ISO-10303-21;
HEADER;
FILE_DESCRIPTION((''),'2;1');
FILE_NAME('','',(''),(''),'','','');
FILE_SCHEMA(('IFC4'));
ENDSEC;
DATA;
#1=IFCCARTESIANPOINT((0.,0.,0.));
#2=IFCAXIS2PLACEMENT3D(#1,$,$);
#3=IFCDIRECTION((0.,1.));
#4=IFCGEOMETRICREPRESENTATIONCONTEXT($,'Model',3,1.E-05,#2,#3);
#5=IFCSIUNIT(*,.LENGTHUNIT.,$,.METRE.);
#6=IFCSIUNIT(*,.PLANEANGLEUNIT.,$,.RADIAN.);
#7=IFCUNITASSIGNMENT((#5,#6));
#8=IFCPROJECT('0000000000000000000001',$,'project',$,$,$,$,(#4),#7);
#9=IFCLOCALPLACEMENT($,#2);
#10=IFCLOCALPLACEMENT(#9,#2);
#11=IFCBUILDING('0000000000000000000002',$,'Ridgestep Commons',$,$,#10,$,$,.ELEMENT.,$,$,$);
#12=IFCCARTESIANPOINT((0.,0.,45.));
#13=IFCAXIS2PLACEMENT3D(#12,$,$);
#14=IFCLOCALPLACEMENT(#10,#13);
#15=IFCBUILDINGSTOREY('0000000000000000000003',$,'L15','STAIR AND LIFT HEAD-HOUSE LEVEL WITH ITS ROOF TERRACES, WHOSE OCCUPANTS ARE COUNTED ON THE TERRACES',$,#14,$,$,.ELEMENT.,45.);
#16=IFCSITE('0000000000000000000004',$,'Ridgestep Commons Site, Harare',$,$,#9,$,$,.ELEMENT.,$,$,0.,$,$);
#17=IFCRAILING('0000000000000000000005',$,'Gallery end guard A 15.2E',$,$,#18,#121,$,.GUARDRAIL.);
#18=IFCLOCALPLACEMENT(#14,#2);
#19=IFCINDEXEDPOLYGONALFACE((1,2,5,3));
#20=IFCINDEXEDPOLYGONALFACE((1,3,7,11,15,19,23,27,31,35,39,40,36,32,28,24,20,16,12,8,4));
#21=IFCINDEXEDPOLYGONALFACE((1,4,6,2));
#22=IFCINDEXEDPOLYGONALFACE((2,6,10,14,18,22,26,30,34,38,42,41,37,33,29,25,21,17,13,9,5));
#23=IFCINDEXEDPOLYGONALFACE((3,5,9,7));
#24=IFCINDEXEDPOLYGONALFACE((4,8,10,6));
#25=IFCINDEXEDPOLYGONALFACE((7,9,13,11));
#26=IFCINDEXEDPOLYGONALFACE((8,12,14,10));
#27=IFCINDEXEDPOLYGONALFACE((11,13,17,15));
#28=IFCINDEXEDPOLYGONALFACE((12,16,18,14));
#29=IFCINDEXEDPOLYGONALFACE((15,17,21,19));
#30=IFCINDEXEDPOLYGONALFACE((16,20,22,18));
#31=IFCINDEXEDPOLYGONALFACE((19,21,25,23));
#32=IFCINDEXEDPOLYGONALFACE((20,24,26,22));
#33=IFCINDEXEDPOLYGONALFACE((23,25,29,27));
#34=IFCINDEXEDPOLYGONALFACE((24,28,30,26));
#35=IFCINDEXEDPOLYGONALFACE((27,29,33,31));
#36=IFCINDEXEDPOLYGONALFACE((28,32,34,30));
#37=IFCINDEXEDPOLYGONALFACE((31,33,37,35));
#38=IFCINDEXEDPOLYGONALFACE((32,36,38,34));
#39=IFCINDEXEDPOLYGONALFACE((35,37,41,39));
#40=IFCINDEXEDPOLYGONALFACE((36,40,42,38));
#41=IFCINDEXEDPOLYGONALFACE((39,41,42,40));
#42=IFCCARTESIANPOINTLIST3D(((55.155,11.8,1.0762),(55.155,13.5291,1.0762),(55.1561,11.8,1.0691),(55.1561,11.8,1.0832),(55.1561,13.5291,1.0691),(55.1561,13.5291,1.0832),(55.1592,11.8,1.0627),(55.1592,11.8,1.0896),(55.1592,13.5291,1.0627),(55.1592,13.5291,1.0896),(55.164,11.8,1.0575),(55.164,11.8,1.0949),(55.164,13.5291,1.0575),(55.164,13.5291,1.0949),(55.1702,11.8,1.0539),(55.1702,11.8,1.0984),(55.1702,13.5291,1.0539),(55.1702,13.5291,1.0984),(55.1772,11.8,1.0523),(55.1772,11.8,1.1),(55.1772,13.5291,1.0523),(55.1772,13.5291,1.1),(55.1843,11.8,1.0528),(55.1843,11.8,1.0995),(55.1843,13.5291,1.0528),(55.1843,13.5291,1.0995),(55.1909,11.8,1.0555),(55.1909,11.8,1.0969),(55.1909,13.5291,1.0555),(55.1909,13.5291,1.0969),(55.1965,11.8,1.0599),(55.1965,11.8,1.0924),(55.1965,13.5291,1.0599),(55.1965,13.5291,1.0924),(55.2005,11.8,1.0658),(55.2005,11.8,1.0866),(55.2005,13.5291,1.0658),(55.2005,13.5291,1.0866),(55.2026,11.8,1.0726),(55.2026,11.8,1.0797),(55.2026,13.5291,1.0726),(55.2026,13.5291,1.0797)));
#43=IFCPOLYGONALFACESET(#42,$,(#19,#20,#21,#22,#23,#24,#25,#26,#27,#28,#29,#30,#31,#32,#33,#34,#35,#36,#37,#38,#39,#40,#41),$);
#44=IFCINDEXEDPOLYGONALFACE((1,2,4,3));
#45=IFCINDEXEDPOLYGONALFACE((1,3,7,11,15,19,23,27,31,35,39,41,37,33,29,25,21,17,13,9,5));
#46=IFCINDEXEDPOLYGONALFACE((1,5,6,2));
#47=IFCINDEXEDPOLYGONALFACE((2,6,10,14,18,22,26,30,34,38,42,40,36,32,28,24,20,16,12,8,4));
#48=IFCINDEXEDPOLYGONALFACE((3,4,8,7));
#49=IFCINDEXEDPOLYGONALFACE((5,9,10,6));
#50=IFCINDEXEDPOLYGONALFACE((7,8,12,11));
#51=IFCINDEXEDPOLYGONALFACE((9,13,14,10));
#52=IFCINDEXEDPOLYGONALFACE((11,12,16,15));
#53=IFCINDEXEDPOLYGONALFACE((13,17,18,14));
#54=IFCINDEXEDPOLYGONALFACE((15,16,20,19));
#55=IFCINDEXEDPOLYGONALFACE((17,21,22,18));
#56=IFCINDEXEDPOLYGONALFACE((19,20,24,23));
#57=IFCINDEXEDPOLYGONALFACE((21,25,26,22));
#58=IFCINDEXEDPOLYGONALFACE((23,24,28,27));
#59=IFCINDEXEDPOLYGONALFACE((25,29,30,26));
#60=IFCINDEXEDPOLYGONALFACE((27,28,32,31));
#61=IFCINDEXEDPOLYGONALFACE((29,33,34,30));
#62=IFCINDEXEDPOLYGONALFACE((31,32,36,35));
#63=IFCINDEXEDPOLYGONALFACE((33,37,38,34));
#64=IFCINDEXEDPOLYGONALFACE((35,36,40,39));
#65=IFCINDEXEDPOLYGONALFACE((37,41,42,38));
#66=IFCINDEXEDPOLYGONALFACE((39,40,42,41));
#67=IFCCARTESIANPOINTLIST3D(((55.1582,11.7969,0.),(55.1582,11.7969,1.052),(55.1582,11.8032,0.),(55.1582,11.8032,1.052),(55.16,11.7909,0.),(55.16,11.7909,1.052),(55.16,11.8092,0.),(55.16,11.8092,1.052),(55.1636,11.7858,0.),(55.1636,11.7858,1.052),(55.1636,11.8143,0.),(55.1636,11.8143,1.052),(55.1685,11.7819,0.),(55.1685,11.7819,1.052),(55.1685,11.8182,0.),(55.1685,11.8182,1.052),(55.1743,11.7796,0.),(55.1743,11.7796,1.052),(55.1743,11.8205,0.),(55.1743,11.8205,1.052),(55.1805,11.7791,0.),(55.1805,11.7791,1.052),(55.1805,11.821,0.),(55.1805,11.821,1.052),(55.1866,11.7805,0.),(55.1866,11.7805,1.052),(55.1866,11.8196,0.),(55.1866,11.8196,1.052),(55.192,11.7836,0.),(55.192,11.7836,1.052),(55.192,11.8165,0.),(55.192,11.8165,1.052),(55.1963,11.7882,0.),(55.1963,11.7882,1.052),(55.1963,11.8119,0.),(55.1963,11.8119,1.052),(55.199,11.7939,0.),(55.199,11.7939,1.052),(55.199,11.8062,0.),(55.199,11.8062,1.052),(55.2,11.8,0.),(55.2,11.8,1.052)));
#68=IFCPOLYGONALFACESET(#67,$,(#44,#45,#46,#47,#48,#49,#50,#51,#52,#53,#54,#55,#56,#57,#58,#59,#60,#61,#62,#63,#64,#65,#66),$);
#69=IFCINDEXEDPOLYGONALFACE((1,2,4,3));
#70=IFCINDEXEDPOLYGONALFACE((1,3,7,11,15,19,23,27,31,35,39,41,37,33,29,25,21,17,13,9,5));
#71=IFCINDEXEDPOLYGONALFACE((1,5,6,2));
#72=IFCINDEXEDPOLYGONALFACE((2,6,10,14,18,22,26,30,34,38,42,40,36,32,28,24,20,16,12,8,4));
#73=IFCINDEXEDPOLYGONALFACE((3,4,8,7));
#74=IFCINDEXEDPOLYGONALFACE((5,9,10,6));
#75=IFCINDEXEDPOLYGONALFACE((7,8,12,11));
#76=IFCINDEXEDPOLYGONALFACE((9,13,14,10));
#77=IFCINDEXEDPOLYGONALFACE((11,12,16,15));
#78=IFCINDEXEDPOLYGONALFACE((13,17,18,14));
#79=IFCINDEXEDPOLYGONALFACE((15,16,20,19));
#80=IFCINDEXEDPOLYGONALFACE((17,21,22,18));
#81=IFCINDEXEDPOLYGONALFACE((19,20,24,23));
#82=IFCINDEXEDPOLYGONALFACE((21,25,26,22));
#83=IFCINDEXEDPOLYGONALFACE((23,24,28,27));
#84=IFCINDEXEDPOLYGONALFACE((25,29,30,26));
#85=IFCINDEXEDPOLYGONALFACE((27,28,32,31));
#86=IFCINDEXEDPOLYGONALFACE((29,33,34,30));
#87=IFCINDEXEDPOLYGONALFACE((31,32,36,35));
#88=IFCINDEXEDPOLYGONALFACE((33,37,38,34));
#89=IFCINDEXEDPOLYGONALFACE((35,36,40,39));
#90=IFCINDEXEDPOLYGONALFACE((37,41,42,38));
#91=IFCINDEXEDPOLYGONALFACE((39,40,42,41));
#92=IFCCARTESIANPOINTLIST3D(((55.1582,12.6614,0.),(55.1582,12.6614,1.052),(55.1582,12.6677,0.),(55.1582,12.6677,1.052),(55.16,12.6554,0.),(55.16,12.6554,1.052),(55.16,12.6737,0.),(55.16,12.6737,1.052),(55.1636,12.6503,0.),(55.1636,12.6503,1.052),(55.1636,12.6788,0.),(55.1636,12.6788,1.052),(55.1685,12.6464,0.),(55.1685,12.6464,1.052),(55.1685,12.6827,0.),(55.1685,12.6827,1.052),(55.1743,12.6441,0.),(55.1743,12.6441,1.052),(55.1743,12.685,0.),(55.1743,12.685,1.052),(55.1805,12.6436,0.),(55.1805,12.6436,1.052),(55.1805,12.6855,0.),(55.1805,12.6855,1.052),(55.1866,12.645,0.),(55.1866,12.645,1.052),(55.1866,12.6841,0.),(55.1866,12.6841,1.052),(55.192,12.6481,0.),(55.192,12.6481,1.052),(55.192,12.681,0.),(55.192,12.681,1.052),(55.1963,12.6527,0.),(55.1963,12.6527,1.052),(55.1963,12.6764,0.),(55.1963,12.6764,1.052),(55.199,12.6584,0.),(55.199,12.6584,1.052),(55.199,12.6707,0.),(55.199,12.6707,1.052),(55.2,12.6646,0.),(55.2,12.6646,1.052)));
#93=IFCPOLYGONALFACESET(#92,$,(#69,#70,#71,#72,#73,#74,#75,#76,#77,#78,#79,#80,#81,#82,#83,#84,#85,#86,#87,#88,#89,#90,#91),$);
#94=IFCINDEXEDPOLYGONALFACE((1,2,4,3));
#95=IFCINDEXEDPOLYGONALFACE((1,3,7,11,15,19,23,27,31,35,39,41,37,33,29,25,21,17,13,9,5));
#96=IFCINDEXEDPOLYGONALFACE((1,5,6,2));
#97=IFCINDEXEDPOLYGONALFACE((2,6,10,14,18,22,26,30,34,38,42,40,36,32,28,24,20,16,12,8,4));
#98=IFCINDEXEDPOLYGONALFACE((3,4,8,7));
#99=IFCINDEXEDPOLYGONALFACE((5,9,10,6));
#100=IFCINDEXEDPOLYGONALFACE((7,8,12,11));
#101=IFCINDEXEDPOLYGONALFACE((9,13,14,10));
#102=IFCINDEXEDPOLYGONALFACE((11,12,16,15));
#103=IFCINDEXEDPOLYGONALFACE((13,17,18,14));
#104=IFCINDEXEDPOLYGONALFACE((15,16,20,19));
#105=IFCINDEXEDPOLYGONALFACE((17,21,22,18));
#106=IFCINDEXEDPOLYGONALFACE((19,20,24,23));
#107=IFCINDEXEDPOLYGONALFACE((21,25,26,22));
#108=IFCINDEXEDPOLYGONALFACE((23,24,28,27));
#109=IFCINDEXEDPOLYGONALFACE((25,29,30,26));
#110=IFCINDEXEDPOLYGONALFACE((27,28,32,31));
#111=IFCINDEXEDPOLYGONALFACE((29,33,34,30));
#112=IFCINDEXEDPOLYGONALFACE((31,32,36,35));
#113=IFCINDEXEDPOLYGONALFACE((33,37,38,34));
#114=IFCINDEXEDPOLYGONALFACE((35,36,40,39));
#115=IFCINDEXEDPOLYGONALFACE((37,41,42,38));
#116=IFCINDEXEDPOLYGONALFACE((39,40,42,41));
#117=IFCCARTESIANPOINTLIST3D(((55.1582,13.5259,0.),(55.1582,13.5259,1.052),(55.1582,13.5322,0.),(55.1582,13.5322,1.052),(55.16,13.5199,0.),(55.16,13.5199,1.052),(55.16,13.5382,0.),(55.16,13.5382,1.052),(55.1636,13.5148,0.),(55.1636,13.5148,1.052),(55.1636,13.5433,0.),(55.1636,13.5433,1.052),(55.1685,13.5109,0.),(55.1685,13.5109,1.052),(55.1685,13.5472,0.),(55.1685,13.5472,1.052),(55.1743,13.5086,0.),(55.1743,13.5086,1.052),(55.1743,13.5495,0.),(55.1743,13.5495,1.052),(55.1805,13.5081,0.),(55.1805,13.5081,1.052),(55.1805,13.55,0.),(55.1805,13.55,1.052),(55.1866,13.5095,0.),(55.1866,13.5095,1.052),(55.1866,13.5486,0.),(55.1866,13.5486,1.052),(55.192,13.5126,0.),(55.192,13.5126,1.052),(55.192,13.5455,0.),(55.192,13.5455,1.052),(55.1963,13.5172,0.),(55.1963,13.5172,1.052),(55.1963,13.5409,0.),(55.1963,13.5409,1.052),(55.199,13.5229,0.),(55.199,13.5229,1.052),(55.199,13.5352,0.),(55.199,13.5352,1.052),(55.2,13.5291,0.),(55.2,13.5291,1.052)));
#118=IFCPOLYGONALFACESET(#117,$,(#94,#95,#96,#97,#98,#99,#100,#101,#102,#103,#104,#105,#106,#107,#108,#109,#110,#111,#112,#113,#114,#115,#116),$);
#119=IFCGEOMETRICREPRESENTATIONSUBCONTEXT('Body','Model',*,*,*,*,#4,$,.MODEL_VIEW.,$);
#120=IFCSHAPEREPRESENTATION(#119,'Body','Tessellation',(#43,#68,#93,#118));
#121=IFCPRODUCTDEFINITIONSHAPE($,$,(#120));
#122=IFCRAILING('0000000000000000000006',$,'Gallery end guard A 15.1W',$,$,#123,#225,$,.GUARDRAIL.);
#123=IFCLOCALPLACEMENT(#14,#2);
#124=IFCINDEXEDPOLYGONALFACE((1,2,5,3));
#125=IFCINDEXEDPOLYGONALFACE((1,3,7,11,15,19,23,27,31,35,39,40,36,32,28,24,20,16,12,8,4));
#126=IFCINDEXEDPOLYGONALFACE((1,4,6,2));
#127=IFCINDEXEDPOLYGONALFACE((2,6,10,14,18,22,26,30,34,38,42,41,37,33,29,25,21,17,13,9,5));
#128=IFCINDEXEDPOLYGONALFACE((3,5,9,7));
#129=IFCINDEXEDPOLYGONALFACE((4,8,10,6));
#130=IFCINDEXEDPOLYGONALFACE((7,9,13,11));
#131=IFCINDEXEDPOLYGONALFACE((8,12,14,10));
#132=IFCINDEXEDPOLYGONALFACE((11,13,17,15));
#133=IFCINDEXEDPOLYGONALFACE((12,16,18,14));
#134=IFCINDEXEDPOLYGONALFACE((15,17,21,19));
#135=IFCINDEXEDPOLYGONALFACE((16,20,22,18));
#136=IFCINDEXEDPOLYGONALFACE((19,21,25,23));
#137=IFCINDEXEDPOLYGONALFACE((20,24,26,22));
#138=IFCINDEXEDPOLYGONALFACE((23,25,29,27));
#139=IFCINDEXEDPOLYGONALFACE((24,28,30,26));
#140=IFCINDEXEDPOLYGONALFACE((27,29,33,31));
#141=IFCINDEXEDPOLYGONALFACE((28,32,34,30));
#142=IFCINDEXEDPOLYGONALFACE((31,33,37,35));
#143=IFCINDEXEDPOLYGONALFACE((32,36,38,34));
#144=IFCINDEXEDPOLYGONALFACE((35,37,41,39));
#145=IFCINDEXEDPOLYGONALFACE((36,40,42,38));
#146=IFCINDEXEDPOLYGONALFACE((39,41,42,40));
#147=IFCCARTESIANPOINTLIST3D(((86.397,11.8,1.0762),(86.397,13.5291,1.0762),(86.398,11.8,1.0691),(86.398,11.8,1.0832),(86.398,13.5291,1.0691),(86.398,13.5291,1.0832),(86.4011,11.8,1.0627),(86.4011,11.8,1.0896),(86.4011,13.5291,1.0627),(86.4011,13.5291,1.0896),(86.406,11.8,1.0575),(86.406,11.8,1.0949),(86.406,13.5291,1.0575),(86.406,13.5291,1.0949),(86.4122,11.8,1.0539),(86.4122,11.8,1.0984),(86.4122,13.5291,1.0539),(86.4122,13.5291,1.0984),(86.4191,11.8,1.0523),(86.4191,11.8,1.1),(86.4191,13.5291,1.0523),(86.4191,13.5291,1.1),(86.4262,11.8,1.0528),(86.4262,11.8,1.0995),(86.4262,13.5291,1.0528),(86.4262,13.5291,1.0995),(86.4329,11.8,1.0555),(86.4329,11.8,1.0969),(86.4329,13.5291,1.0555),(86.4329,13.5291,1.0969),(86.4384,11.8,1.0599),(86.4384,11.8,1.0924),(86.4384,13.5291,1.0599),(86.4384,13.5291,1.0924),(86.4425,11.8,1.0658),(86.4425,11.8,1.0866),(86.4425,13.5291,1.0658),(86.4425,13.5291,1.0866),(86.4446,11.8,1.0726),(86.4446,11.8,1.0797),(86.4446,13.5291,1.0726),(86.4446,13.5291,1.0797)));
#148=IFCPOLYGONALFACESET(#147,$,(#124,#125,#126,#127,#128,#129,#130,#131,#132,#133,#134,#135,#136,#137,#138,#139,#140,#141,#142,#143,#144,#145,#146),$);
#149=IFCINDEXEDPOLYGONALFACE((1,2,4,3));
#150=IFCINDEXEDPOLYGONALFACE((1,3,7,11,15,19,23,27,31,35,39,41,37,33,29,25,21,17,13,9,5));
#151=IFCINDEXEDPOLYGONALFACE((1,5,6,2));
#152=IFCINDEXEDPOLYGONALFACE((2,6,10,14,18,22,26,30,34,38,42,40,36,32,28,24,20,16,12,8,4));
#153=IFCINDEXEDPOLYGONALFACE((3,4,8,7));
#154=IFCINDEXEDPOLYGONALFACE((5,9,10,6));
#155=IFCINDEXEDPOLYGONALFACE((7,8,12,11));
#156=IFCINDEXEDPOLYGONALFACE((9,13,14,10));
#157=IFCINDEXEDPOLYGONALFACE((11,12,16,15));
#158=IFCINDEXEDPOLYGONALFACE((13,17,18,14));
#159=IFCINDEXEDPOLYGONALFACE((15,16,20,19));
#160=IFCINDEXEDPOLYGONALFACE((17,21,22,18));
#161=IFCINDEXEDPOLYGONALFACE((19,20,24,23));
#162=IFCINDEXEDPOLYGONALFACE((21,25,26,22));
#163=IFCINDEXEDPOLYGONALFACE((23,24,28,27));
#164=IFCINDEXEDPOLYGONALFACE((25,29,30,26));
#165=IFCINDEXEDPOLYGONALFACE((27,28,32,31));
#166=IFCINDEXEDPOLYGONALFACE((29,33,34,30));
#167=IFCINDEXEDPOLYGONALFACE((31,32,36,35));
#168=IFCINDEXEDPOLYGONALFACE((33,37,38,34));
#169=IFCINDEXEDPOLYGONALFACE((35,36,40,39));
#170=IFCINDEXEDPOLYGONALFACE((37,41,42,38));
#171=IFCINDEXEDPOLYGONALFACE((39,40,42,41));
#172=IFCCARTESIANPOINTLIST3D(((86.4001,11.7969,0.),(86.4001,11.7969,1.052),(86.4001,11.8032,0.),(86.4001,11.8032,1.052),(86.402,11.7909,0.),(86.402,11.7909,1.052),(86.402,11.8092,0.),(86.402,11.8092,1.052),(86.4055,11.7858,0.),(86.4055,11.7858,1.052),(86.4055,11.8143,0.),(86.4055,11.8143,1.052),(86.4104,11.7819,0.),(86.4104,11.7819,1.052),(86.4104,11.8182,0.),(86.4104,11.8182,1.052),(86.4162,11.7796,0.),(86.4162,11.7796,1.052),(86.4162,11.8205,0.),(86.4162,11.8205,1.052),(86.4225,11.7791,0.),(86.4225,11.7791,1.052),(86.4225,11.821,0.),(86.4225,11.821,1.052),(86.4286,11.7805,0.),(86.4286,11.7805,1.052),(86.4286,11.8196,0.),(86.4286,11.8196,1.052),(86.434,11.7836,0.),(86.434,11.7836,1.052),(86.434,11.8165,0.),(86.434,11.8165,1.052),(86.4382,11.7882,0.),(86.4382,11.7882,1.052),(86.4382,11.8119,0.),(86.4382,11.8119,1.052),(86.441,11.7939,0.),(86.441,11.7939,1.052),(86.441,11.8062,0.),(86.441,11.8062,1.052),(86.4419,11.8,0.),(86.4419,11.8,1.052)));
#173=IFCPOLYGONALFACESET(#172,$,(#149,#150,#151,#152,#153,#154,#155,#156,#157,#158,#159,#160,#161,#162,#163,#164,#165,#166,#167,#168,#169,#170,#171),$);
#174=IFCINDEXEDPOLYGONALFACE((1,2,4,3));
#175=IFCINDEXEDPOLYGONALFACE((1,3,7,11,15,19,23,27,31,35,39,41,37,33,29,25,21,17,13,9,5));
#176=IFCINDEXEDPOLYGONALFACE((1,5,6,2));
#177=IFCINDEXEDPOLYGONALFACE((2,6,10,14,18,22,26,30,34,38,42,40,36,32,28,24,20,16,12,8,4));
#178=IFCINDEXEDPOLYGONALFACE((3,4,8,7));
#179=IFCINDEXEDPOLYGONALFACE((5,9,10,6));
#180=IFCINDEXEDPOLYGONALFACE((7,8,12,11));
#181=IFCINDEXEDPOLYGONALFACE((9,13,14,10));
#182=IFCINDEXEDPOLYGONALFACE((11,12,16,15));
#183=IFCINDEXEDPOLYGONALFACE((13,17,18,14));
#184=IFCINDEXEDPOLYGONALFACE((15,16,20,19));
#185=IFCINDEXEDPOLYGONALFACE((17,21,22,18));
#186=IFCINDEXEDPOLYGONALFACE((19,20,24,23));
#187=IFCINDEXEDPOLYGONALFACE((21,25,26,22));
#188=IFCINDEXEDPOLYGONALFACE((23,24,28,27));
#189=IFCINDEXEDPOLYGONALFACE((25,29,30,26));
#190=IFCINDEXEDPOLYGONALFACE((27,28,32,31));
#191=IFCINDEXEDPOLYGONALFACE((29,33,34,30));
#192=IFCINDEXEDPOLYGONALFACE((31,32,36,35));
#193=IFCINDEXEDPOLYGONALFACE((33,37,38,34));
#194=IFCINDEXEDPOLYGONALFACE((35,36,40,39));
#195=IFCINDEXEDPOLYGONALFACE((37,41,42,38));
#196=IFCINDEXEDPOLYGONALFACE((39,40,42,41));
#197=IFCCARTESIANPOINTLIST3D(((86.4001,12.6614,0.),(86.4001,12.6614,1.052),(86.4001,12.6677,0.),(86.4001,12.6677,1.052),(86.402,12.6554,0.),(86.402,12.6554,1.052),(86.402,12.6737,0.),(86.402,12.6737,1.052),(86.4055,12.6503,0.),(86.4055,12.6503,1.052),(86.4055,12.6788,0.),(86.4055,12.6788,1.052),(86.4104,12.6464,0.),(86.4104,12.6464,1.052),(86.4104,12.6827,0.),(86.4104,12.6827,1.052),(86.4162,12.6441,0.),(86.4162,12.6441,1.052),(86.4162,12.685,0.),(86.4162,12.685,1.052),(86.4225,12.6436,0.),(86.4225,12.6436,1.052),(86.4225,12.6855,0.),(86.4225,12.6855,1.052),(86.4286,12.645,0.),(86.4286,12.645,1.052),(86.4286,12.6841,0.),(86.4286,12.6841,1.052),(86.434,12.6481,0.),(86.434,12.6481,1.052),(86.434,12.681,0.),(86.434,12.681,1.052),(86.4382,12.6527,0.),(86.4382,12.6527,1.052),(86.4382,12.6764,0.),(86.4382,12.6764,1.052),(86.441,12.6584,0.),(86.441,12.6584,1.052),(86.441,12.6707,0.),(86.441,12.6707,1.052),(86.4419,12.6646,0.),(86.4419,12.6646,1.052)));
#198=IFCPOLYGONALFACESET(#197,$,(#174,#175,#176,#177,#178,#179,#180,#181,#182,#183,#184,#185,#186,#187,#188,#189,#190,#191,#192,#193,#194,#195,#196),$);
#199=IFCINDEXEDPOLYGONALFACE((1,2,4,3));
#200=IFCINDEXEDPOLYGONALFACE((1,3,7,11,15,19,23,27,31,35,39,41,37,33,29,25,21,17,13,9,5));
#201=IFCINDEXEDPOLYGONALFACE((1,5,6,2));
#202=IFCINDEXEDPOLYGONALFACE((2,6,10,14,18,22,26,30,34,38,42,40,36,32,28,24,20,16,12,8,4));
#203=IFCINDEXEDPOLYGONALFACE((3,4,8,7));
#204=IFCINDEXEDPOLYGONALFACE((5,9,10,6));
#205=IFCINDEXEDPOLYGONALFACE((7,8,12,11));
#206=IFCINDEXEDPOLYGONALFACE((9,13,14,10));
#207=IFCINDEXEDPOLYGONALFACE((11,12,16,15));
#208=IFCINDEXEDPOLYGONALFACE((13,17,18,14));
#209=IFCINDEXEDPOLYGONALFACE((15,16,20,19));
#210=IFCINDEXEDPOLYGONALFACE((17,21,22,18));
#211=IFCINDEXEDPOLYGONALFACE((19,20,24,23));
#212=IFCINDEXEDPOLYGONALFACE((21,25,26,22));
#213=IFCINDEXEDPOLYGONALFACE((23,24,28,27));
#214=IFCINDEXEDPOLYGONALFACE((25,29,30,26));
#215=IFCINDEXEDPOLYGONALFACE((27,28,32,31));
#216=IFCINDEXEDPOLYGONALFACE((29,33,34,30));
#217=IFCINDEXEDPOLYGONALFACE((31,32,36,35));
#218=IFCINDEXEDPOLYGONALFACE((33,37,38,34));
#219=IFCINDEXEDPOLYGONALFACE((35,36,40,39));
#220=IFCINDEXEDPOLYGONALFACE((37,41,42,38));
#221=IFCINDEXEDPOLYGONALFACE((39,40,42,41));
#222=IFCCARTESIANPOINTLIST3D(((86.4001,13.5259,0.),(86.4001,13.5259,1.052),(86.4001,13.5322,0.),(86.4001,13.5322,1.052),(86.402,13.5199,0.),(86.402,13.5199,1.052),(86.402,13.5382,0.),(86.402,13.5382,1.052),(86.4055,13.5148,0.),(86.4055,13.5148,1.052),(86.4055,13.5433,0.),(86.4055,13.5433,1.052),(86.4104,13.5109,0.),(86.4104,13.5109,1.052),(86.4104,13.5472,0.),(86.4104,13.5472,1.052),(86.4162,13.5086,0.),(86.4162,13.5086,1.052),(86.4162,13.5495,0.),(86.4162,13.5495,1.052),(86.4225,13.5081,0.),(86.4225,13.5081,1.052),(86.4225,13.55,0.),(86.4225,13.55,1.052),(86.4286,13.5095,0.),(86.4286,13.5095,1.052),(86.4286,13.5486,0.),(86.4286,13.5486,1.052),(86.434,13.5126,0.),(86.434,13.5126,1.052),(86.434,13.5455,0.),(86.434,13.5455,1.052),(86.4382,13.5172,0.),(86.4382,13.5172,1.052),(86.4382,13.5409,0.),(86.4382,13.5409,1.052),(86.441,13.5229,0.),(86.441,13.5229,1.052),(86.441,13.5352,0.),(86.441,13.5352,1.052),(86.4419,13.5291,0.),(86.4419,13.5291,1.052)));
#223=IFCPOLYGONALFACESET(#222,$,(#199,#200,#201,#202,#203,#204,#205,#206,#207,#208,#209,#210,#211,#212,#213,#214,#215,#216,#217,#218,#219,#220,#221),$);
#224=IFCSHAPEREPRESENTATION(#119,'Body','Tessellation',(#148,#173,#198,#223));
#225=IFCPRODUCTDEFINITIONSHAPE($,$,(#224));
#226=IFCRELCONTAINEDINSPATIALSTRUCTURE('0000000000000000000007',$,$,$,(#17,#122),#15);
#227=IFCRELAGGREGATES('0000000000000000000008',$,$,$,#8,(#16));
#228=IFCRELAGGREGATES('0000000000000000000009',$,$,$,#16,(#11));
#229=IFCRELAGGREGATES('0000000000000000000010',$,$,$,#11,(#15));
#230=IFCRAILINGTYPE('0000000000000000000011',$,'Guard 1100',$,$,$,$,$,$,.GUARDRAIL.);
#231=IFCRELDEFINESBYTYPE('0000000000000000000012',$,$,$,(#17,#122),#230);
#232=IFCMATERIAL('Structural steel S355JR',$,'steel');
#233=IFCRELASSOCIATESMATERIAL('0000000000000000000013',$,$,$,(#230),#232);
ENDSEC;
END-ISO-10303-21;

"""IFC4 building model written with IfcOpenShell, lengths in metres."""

from ifc_helpers import new_model, si_unit, direction, frame, origin, origin_2d, place, context, subcontext, project, spatial, circle, extrude, material, type_object, element, save


model = new_model("IFC4")

# Units and contexts
model_context = context("Model", 3, precision=1e-05, world=origin(), true_north=direction((0.0, 1.0)))
body_context = subcontext(model_context, "Body", "Model", "MODEL_VIEW")
ifc_project = project(units=[si_unit("LENGTHUNIT", "METRE"), si_unit("PLANEANGLEUNIT", "RADIAN")], contexts=[model_context])

# Site, building, storey
site_placement = place(None, origin())
site = spatial("IfcSite", under=ifc_project, at=site_placement, Name="Ridgestep Commons Site, Harare", CompositionType="ELEMENT", RefElevation=0.0)
building_placement = place(site_placement, origin())
building = spatial("IfcBuilding", under=site, at=building_placement, Name="Ridgestep Commons", CompositionType="ELEMENT")
storey_placement = place(building_placement, frame((0.0, 0.0, 45.0)))
storey = spatial("IfcBuildingStorey", under=building, at=storey_placement, Name="L15", Description="STAIR AND LIFT HEAD-HOUSE LEVEL WITH ITS ROOF TERRACES, WHOSE OCCUPANTS ARE COUNTED ON THE TERRACES", CompositionType="ELEMENT", Elevation=45.0)

# Railings
ifc_material_1 = material(Name="Structural steel S355JR", Category="steel")
railing_type_1 = type_object("IfcRailingType", Name="Guard 1100", PredefinedType="GUARDRAIL", material=ifc_material_1)
for number, where, name in (
    (1, (55.179, 11.8, 0.0), "Gallery end guard A 15.2E"),
    (2, (86.4209, 11.8, 0.0), "Gallery end guard A 15.1W"),
):
    element("IfcRailing", number, at=place(storey_placement, frame(where)), inside=storey, type_object=railing_type_1, Name=name, PredefinedType="GUARDRAIL", context=body_context, shape_type="SweptSolid", body=[
        extrude(circle(Radius=0.0239, at=origin_2d()), frame((0.0, 0.0, 1.0762), z_axis=(0.0, 1.0, 0.0), x_axis=(-1.0, 0.0, 0.0)), (0.0, 0.0, 1.0), 1.729),
        extrude(circle(Radius=0.021, at=origin_2d()), origin(), (0.0, 0.0, 1.0), 1.052),
        extrude(circle(Radius=0.021, at=origin_2d()), frame((0.0, 0.8645, 0.0)), (0.0, 0.0, 1.0), 1.052),
        extrude(circle(Radius=0.021, at=origin_2d()), frame((0.0, 1.729, 0.0)), (0.0, 0.0, 1.0), 1.052),
    ])

save(model, "model.ifc")
